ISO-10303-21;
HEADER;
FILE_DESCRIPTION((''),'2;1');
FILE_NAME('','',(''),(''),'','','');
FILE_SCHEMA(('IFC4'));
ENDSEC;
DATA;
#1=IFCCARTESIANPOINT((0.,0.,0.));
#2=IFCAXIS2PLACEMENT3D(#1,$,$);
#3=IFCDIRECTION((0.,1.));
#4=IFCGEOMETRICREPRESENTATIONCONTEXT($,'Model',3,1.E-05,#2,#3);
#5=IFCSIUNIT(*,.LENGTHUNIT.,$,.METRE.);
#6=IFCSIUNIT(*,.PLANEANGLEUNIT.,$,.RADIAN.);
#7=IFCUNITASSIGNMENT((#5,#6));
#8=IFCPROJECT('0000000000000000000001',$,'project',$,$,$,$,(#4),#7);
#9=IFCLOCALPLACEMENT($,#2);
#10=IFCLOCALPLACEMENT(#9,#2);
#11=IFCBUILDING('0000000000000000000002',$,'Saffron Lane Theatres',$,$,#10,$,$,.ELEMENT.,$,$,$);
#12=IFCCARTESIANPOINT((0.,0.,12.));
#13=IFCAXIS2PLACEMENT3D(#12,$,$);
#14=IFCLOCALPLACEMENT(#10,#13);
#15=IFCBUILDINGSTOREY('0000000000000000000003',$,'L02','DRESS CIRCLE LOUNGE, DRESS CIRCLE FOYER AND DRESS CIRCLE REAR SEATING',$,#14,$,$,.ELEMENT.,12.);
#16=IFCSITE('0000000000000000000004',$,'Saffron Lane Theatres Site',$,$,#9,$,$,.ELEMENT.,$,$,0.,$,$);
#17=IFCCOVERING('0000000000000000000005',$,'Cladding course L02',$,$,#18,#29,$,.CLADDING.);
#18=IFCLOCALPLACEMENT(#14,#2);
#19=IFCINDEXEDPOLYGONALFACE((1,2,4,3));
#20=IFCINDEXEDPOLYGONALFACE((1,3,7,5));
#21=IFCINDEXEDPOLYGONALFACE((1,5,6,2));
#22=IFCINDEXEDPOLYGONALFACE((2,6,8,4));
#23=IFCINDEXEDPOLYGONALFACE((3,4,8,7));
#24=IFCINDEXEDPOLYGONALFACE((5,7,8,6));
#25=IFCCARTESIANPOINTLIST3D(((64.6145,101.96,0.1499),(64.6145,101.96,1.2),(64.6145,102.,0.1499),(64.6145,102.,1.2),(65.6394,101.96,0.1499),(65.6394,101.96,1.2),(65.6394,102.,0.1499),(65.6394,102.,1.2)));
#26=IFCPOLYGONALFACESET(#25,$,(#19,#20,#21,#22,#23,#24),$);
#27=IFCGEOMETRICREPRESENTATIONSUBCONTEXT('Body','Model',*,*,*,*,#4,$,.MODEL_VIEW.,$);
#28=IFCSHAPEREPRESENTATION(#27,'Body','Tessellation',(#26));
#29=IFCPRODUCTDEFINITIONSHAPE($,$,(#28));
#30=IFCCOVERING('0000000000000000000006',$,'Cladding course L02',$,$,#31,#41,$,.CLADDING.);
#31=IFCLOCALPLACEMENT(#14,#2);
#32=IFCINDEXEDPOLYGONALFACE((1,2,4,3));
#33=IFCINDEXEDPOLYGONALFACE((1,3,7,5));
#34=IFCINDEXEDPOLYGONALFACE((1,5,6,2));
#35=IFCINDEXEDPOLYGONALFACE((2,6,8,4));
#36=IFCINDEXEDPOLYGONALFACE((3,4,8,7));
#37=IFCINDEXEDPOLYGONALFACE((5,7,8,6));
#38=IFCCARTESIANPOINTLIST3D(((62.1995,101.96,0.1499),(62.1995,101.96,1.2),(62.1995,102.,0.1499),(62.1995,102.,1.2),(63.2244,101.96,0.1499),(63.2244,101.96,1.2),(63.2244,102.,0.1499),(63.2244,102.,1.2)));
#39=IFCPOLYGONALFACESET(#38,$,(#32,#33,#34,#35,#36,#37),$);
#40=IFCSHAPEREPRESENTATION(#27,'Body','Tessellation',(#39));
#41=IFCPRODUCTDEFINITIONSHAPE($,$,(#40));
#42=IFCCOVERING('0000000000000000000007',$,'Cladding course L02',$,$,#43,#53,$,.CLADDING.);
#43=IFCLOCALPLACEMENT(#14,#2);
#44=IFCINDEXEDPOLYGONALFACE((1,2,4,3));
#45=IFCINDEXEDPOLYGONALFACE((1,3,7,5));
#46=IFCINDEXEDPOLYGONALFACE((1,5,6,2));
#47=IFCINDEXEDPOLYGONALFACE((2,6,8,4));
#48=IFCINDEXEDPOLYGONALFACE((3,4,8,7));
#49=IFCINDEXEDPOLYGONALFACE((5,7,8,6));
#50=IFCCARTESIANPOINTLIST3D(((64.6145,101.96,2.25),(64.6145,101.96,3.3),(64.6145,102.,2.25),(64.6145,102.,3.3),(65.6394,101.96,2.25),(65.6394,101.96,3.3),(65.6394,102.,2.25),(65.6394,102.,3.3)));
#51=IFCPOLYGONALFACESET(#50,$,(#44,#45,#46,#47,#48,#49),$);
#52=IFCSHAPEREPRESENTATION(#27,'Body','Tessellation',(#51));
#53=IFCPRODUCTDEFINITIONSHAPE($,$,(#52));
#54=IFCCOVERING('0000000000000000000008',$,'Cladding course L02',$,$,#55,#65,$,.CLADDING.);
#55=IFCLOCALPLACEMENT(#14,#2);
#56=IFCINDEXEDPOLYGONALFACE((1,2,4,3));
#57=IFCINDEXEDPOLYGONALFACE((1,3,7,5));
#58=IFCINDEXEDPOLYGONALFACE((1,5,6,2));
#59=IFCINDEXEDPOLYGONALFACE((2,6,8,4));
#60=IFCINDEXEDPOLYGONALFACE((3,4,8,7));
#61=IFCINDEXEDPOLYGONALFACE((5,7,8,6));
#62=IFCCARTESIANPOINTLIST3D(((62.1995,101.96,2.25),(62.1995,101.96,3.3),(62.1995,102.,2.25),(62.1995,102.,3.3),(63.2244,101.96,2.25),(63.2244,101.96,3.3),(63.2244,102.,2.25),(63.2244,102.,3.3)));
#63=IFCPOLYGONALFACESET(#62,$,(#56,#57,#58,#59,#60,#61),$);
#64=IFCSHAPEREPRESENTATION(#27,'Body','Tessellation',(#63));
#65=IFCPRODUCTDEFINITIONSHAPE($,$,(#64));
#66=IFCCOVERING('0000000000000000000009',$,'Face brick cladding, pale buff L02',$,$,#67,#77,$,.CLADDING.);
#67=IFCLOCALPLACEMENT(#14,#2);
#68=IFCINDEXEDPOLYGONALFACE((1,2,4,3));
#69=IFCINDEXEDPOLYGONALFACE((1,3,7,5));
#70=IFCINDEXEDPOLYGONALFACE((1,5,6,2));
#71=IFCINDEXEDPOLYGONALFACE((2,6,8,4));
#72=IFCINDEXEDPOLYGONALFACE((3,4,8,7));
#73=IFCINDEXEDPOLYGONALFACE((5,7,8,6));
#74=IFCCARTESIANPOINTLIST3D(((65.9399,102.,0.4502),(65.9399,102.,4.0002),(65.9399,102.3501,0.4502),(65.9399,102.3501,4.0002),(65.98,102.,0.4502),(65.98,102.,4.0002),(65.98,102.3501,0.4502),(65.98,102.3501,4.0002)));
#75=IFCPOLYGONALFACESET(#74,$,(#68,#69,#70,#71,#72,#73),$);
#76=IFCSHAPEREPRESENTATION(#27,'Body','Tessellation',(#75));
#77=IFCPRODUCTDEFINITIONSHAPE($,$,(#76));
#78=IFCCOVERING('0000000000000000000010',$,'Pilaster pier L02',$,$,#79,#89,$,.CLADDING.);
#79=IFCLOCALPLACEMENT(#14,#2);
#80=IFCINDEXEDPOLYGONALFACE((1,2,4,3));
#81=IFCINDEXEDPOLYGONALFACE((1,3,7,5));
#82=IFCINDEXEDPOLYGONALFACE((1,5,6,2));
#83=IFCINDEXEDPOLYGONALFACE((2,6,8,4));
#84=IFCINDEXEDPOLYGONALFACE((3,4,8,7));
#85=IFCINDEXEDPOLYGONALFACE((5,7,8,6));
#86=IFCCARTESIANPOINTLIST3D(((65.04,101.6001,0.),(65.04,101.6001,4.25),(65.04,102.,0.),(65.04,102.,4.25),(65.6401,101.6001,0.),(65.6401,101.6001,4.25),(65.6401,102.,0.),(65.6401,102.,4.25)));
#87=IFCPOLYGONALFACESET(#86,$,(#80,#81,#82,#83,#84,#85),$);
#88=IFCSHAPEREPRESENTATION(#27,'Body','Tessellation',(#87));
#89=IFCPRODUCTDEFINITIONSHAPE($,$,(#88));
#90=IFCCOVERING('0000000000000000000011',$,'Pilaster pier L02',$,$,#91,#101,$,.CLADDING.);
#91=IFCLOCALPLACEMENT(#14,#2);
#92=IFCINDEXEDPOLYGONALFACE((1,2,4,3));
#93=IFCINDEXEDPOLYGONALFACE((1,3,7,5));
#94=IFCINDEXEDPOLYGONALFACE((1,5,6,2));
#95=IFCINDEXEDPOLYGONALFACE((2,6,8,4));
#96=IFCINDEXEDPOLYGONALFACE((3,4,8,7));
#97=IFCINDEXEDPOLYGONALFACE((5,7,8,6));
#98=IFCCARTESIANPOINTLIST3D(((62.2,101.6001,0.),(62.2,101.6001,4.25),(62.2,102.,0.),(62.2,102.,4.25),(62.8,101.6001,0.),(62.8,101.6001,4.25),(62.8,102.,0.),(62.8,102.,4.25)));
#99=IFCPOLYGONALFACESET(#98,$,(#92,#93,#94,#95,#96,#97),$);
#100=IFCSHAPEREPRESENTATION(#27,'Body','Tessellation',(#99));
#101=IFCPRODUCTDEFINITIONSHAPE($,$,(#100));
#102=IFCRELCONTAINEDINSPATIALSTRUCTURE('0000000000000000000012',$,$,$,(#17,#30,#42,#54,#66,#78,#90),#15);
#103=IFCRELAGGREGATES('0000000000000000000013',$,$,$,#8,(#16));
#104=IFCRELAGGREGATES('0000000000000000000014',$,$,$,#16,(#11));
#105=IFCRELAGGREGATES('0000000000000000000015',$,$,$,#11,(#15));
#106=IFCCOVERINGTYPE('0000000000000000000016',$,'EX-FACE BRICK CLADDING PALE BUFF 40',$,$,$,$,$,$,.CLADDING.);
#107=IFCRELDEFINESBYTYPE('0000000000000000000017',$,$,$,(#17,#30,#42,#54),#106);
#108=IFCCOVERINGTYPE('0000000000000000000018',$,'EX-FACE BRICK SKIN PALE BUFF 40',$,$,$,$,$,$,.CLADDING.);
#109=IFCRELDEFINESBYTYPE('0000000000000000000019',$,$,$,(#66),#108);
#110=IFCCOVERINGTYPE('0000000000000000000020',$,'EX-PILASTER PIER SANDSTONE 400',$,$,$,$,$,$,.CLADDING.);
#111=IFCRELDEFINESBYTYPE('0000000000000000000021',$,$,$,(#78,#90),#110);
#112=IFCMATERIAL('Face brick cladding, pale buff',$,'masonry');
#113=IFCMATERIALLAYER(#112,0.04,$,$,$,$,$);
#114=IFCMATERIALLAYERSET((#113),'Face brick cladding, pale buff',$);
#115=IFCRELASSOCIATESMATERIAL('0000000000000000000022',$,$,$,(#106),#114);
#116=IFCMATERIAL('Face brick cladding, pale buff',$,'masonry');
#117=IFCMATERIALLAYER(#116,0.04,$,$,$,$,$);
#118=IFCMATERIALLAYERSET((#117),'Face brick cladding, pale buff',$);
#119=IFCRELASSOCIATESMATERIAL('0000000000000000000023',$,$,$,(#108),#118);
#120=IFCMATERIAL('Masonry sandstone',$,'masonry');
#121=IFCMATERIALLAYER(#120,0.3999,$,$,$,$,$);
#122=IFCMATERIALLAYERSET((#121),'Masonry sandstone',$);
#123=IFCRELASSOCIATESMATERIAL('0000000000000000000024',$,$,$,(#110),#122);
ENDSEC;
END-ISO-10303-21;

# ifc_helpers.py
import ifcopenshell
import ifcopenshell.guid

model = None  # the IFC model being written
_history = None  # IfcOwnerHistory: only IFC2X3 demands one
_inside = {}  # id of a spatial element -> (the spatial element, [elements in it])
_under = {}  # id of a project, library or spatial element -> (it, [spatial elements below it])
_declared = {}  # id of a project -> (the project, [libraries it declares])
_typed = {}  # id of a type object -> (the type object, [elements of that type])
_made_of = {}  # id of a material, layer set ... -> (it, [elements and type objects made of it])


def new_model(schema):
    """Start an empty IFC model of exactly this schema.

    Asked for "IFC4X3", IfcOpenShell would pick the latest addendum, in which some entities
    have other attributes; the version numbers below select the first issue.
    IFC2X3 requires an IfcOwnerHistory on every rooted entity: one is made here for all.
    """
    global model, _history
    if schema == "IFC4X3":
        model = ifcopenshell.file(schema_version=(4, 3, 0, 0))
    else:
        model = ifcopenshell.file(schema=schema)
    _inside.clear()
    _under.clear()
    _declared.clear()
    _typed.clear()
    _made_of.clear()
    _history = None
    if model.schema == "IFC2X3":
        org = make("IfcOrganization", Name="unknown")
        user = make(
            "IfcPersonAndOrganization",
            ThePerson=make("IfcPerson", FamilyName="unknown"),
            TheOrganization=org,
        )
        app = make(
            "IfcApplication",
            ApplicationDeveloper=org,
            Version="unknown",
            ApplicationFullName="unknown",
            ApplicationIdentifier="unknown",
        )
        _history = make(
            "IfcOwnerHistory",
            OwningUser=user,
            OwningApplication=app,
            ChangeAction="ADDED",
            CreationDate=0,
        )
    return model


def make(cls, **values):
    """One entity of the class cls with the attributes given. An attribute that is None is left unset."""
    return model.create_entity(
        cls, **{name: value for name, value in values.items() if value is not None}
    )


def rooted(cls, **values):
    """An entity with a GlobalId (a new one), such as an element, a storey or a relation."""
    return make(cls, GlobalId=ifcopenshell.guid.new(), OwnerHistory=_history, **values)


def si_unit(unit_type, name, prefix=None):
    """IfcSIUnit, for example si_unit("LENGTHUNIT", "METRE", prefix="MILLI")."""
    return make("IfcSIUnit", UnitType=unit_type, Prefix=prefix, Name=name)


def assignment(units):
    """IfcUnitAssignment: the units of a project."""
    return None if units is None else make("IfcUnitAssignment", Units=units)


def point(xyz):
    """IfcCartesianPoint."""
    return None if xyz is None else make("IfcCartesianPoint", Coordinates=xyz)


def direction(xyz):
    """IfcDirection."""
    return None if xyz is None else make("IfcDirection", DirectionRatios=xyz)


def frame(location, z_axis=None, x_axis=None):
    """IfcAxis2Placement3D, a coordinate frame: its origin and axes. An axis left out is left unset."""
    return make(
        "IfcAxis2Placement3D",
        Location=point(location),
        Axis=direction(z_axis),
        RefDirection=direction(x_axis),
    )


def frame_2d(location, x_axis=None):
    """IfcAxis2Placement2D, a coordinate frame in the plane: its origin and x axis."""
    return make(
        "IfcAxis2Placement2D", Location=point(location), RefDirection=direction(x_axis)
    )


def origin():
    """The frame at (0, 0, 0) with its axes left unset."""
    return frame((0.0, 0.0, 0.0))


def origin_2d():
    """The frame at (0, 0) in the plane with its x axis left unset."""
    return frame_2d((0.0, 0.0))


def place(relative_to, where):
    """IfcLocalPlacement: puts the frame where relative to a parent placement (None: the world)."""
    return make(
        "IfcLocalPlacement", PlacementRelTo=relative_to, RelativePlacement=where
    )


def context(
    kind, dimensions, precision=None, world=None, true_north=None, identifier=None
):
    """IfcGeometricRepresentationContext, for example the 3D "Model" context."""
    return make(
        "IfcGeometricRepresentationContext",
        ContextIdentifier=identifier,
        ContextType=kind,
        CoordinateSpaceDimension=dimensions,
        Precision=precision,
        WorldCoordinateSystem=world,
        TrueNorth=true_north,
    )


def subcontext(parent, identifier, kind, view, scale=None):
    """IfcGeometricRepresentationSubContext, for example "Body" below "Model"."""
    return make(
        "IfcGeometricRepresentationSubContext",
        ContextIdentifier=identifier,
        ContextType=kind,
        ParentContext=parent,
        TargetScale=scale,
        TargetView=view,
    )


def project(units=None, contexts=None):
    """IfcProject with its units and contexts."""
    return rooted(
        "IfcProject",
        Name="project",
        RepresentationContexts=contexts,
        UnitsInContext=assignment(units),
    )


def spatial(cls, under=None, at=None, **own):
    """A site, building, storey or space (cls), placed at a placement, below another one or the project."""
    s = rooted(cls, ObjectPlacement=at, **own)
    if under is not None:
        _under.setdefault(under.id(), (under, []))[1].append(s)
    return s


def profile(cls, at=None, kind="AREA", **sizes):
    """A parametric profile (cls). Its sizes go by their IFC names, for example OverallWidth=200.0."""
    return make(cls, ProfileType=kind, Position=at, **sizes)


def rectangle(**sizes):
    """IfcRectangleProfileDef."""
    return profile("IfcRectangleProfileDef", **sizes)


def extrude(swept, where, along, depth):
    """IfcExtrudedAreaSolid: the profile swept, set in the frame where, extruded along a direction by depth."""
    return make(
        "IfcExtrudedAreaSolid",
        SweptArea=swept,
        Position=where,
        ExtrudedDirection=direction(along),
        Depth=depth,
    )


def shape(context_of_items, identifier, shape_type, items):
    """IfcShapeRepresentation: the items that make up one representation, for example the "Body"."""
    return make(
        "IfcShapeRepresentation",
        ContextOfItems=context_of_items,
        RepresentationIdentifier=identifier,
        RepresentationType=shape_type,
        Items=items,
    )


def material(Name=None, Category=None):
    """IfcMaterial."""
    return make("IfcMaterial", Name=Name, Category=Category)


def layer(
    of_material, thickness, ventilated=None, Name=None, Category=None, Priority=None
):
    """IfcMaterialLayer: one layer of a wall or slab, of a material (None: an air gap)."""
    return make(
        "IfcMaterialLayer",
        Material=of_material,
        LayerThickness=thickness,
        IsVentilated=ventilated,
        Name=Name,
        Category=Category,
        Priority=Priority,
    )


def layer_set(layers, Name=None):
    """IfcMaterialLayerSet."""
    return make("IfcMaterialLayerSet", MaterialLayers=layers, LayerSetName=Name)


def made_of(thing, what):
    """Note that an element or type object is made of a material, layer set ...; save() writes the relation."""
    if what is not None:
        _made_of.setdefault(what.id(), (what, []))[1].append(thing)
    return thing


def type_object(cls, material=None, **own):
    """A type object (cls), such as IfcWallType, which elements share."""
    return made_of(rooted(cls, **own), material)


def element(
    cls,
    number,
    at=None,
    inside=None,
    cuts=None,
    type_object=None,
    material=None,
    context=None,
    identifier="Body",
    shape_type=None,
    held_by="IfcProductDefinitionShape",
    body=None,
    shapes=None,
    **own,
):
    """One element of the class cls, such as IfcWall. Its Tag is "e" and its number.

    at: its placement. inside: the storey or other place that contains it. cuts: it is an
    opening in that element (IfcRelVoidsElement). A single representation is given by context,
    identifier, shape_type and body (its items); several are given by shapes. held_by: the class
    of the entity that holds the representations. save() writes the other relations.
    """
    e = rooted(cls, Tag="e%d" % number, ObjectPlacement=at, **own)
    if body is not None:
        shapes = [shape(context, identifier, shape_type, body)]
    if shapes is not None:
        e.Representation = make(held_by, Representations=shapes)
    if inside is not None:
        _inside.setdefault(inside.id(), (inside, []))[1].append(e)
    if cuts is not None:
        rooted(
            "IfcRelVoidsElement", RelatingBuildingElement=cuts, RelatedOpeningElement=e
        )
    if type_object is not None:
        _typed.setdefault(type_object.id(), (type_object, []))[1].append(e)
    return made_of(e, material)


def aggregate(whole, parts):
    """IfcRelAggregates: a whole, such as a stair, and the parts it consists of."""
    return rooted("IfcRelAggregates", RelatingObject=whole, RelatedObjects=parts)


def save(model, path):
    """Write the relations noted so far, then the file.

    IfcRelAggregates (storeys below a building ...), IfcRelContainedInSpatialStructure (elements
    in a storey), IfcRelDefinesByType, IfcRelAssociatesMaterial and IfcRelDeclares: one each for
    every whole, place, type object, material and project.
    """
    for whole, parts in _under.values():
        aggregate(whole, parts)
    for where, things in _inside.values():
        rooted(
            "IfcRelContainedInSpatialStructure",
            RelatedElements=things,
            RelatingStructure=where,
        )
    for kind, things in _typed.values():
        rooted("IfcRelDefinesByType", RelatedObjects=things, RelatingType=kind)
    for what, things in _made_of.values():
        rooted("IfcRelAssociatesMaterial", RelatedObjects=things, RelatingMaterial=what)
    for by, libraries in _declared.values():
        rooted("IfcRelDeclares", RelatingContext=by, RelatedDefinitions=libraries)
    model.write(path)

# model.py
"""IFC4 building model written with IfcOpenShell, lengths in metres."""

from ifc_helpers import new_model, si_unit, direction, frame, origin, origin_2d, place, context, subcontext, project, spatial, rectangle, extrude, material, layer, layer_set, type_object, element, save


model = new_model("IFC4")

# Units and contexts
model_context = context("Model", 3, precision=1e-05, world=origin(), true_north=direction((0.0, 1.0)))
body_context = subcontext(model_context, "Body", "Model", "MODEL_VIEW")
ifc_project = project(units=[si_unit("LENGTHUNIT", "METRE"), si_unit("PLANEANGLEUNIT", "RADIAN")], contexts=[model_context])

# Site, building, storey
site_placement = place(None, origin())
site = spatial("IfcSite", under=ifc_project, at=site_placement, Name="Saffron Lane Theatres Site", CompositionType="ELEMENT", RefElevation=0.0)
building_placement = place(site_placement, origin())
building = spatial("IfcBuilding", under=site, at=building_placement, Name="Saffron Lane Theatres", CompositionType="ELEMENT")
storey_placement = place(building_placement, frame((0.0, 0.0, 12.0)))
storey = spatial("IfcBuildingStorey", under=building, at=storey_placement, Name="L02", Description="DRESS CIRCLE LOUNGE, DRESS CIRCLE FOYER AND DRESS CIRCLE REAR SEATING", CompositionType="ELEMENT", Elevation=12.0)

# Coverings
ifc_material_1 = material(Name="Face brick cladding, pale buff", Category="masonry")
ifc_layer_1 = layer(ifc_material_1, 0.04)
ifc_layer_set_1 = layer_set([ifc_layer_1], Name="Face brick cladding, pale buff")
covering_type_1 = type_object("IfcCoveringType", Name="EX-FACE BRICK CLADDING PALE BUFF 40", PredefinedType="CLADDING", material=ifc_layer_set_1)
for number, where, z_axis, x_axis, name in (
    (1, (65.127, 101.98, 0.1499), (0.0, 0.0, 1.0), (-1.0, 0.0, 0.0), "Cladding course L02"),
    (2, (62.7119, 101.98, 0.1499), (0.0, 0.0, 1.0), (-1.0, 0.0, 0.0), "Cladding course L02"),
    (3, (65.127, 101.98, 2.25), (0.0, 0.0, 1.0), (-1.0, 0.0, 0.0), "Cladding course L02"),
    (4, (62.7119, 101.98, 2.25), (0.0, 0.0, 1.0), (-1.0, 0.0, 0.0), "Cladding course L02"),
):
    element("IfcCovering", number, at=place(storey_placement, frame(where, z_axis=z_axis, x_axis=x_axis)), inside=storey, type_object=covering_type_1, Name=name, PredefinedType="CLADDING", context=body_context, shape_type="SweptSolid", body=[
        extrude(rectangle(XDim=1.0249, YDim=0.04, at=origin_2d()), origin(), (0.0, 0.0, 1.0), 1.05),
    ])
ifc_material_2 = material(Name="Face brick cladding, pale buff", Category="masonry")
ifc_layer_2 = layer(ifc_material_2, 0.04)
ifc_layer_set_2 = layer_set([ifc_layer_2], Name="Face brick cladding, pale buff")
covering_type_2 = type_object("IfcCoveringType", Name="EX-FACE BRICK SKIN PALE BUFF 40", PredefinedType="CLADDING", material=ifc_layer_set_2)
covering_1_placement = place(storey_placement, frame((65.96, 102.175, 0.4502), z_axis=(0.0, 0.0, 1.0), x_axis=(0.0, 1.0, 0.0)))
element("IfcCovering", 5, at=covering_1_placement, inside=storey, type_object=covering_type_2, Name="Face brick cladding, pale buff L02", PredefinedType="CLADDING", context=body_context, shape_type="SweptSolid", body=[
    extrude(rectangle(XDim=0.3501, YDim=0.04, at=origin_2d()), origin(), (0.0, 0.0, 1.0), 3.55),
])
ifc_material_3 = material(Name="Masonry sandstone", Category="masonry")
ifc_layer_3 = layer(ifc_material_3, 0.3999)
ifc_layer_set_3 = layer_set([ifc_layer_3], Name="Masonry sandstone")
covering_type_3 = type_object("IfcCoveringType", Name="EX-PILASTER PIER SANDSTONE 400", PredefinedType="CLADDING", material=ifc_layer_set_3)
for number, where, z_axis, x_axis, name in (
    (6, (65.3401, 101.8, 0.0), (0.0, 0.0, 1.0), (-1.0, 0.0, 0.0), "Pilaster pier L02"),
    (7, (62.5, 101.8, 0.0), (0.0, 0.0, 1.0), (-1.0, 0.0, 0.0), "Pilaster pier L02"),
):
    element("IfcCovering", number, at=place(storey_placement, frame(where, z_axis=z_axis, x_axis=x_axis)), inside=storey, type_object=covering_type_3, Name=name, PredefinedType="CLADDING", context=body_context, shape_type="SweptSolid", body=[
        extrude(rectangle(XDim=0.6001, YDim=0.3999, at=origin_2d()), origin(), (0.0, 0.0, 1.0), 4.25),
    ])

save(model, "model.ifc")
